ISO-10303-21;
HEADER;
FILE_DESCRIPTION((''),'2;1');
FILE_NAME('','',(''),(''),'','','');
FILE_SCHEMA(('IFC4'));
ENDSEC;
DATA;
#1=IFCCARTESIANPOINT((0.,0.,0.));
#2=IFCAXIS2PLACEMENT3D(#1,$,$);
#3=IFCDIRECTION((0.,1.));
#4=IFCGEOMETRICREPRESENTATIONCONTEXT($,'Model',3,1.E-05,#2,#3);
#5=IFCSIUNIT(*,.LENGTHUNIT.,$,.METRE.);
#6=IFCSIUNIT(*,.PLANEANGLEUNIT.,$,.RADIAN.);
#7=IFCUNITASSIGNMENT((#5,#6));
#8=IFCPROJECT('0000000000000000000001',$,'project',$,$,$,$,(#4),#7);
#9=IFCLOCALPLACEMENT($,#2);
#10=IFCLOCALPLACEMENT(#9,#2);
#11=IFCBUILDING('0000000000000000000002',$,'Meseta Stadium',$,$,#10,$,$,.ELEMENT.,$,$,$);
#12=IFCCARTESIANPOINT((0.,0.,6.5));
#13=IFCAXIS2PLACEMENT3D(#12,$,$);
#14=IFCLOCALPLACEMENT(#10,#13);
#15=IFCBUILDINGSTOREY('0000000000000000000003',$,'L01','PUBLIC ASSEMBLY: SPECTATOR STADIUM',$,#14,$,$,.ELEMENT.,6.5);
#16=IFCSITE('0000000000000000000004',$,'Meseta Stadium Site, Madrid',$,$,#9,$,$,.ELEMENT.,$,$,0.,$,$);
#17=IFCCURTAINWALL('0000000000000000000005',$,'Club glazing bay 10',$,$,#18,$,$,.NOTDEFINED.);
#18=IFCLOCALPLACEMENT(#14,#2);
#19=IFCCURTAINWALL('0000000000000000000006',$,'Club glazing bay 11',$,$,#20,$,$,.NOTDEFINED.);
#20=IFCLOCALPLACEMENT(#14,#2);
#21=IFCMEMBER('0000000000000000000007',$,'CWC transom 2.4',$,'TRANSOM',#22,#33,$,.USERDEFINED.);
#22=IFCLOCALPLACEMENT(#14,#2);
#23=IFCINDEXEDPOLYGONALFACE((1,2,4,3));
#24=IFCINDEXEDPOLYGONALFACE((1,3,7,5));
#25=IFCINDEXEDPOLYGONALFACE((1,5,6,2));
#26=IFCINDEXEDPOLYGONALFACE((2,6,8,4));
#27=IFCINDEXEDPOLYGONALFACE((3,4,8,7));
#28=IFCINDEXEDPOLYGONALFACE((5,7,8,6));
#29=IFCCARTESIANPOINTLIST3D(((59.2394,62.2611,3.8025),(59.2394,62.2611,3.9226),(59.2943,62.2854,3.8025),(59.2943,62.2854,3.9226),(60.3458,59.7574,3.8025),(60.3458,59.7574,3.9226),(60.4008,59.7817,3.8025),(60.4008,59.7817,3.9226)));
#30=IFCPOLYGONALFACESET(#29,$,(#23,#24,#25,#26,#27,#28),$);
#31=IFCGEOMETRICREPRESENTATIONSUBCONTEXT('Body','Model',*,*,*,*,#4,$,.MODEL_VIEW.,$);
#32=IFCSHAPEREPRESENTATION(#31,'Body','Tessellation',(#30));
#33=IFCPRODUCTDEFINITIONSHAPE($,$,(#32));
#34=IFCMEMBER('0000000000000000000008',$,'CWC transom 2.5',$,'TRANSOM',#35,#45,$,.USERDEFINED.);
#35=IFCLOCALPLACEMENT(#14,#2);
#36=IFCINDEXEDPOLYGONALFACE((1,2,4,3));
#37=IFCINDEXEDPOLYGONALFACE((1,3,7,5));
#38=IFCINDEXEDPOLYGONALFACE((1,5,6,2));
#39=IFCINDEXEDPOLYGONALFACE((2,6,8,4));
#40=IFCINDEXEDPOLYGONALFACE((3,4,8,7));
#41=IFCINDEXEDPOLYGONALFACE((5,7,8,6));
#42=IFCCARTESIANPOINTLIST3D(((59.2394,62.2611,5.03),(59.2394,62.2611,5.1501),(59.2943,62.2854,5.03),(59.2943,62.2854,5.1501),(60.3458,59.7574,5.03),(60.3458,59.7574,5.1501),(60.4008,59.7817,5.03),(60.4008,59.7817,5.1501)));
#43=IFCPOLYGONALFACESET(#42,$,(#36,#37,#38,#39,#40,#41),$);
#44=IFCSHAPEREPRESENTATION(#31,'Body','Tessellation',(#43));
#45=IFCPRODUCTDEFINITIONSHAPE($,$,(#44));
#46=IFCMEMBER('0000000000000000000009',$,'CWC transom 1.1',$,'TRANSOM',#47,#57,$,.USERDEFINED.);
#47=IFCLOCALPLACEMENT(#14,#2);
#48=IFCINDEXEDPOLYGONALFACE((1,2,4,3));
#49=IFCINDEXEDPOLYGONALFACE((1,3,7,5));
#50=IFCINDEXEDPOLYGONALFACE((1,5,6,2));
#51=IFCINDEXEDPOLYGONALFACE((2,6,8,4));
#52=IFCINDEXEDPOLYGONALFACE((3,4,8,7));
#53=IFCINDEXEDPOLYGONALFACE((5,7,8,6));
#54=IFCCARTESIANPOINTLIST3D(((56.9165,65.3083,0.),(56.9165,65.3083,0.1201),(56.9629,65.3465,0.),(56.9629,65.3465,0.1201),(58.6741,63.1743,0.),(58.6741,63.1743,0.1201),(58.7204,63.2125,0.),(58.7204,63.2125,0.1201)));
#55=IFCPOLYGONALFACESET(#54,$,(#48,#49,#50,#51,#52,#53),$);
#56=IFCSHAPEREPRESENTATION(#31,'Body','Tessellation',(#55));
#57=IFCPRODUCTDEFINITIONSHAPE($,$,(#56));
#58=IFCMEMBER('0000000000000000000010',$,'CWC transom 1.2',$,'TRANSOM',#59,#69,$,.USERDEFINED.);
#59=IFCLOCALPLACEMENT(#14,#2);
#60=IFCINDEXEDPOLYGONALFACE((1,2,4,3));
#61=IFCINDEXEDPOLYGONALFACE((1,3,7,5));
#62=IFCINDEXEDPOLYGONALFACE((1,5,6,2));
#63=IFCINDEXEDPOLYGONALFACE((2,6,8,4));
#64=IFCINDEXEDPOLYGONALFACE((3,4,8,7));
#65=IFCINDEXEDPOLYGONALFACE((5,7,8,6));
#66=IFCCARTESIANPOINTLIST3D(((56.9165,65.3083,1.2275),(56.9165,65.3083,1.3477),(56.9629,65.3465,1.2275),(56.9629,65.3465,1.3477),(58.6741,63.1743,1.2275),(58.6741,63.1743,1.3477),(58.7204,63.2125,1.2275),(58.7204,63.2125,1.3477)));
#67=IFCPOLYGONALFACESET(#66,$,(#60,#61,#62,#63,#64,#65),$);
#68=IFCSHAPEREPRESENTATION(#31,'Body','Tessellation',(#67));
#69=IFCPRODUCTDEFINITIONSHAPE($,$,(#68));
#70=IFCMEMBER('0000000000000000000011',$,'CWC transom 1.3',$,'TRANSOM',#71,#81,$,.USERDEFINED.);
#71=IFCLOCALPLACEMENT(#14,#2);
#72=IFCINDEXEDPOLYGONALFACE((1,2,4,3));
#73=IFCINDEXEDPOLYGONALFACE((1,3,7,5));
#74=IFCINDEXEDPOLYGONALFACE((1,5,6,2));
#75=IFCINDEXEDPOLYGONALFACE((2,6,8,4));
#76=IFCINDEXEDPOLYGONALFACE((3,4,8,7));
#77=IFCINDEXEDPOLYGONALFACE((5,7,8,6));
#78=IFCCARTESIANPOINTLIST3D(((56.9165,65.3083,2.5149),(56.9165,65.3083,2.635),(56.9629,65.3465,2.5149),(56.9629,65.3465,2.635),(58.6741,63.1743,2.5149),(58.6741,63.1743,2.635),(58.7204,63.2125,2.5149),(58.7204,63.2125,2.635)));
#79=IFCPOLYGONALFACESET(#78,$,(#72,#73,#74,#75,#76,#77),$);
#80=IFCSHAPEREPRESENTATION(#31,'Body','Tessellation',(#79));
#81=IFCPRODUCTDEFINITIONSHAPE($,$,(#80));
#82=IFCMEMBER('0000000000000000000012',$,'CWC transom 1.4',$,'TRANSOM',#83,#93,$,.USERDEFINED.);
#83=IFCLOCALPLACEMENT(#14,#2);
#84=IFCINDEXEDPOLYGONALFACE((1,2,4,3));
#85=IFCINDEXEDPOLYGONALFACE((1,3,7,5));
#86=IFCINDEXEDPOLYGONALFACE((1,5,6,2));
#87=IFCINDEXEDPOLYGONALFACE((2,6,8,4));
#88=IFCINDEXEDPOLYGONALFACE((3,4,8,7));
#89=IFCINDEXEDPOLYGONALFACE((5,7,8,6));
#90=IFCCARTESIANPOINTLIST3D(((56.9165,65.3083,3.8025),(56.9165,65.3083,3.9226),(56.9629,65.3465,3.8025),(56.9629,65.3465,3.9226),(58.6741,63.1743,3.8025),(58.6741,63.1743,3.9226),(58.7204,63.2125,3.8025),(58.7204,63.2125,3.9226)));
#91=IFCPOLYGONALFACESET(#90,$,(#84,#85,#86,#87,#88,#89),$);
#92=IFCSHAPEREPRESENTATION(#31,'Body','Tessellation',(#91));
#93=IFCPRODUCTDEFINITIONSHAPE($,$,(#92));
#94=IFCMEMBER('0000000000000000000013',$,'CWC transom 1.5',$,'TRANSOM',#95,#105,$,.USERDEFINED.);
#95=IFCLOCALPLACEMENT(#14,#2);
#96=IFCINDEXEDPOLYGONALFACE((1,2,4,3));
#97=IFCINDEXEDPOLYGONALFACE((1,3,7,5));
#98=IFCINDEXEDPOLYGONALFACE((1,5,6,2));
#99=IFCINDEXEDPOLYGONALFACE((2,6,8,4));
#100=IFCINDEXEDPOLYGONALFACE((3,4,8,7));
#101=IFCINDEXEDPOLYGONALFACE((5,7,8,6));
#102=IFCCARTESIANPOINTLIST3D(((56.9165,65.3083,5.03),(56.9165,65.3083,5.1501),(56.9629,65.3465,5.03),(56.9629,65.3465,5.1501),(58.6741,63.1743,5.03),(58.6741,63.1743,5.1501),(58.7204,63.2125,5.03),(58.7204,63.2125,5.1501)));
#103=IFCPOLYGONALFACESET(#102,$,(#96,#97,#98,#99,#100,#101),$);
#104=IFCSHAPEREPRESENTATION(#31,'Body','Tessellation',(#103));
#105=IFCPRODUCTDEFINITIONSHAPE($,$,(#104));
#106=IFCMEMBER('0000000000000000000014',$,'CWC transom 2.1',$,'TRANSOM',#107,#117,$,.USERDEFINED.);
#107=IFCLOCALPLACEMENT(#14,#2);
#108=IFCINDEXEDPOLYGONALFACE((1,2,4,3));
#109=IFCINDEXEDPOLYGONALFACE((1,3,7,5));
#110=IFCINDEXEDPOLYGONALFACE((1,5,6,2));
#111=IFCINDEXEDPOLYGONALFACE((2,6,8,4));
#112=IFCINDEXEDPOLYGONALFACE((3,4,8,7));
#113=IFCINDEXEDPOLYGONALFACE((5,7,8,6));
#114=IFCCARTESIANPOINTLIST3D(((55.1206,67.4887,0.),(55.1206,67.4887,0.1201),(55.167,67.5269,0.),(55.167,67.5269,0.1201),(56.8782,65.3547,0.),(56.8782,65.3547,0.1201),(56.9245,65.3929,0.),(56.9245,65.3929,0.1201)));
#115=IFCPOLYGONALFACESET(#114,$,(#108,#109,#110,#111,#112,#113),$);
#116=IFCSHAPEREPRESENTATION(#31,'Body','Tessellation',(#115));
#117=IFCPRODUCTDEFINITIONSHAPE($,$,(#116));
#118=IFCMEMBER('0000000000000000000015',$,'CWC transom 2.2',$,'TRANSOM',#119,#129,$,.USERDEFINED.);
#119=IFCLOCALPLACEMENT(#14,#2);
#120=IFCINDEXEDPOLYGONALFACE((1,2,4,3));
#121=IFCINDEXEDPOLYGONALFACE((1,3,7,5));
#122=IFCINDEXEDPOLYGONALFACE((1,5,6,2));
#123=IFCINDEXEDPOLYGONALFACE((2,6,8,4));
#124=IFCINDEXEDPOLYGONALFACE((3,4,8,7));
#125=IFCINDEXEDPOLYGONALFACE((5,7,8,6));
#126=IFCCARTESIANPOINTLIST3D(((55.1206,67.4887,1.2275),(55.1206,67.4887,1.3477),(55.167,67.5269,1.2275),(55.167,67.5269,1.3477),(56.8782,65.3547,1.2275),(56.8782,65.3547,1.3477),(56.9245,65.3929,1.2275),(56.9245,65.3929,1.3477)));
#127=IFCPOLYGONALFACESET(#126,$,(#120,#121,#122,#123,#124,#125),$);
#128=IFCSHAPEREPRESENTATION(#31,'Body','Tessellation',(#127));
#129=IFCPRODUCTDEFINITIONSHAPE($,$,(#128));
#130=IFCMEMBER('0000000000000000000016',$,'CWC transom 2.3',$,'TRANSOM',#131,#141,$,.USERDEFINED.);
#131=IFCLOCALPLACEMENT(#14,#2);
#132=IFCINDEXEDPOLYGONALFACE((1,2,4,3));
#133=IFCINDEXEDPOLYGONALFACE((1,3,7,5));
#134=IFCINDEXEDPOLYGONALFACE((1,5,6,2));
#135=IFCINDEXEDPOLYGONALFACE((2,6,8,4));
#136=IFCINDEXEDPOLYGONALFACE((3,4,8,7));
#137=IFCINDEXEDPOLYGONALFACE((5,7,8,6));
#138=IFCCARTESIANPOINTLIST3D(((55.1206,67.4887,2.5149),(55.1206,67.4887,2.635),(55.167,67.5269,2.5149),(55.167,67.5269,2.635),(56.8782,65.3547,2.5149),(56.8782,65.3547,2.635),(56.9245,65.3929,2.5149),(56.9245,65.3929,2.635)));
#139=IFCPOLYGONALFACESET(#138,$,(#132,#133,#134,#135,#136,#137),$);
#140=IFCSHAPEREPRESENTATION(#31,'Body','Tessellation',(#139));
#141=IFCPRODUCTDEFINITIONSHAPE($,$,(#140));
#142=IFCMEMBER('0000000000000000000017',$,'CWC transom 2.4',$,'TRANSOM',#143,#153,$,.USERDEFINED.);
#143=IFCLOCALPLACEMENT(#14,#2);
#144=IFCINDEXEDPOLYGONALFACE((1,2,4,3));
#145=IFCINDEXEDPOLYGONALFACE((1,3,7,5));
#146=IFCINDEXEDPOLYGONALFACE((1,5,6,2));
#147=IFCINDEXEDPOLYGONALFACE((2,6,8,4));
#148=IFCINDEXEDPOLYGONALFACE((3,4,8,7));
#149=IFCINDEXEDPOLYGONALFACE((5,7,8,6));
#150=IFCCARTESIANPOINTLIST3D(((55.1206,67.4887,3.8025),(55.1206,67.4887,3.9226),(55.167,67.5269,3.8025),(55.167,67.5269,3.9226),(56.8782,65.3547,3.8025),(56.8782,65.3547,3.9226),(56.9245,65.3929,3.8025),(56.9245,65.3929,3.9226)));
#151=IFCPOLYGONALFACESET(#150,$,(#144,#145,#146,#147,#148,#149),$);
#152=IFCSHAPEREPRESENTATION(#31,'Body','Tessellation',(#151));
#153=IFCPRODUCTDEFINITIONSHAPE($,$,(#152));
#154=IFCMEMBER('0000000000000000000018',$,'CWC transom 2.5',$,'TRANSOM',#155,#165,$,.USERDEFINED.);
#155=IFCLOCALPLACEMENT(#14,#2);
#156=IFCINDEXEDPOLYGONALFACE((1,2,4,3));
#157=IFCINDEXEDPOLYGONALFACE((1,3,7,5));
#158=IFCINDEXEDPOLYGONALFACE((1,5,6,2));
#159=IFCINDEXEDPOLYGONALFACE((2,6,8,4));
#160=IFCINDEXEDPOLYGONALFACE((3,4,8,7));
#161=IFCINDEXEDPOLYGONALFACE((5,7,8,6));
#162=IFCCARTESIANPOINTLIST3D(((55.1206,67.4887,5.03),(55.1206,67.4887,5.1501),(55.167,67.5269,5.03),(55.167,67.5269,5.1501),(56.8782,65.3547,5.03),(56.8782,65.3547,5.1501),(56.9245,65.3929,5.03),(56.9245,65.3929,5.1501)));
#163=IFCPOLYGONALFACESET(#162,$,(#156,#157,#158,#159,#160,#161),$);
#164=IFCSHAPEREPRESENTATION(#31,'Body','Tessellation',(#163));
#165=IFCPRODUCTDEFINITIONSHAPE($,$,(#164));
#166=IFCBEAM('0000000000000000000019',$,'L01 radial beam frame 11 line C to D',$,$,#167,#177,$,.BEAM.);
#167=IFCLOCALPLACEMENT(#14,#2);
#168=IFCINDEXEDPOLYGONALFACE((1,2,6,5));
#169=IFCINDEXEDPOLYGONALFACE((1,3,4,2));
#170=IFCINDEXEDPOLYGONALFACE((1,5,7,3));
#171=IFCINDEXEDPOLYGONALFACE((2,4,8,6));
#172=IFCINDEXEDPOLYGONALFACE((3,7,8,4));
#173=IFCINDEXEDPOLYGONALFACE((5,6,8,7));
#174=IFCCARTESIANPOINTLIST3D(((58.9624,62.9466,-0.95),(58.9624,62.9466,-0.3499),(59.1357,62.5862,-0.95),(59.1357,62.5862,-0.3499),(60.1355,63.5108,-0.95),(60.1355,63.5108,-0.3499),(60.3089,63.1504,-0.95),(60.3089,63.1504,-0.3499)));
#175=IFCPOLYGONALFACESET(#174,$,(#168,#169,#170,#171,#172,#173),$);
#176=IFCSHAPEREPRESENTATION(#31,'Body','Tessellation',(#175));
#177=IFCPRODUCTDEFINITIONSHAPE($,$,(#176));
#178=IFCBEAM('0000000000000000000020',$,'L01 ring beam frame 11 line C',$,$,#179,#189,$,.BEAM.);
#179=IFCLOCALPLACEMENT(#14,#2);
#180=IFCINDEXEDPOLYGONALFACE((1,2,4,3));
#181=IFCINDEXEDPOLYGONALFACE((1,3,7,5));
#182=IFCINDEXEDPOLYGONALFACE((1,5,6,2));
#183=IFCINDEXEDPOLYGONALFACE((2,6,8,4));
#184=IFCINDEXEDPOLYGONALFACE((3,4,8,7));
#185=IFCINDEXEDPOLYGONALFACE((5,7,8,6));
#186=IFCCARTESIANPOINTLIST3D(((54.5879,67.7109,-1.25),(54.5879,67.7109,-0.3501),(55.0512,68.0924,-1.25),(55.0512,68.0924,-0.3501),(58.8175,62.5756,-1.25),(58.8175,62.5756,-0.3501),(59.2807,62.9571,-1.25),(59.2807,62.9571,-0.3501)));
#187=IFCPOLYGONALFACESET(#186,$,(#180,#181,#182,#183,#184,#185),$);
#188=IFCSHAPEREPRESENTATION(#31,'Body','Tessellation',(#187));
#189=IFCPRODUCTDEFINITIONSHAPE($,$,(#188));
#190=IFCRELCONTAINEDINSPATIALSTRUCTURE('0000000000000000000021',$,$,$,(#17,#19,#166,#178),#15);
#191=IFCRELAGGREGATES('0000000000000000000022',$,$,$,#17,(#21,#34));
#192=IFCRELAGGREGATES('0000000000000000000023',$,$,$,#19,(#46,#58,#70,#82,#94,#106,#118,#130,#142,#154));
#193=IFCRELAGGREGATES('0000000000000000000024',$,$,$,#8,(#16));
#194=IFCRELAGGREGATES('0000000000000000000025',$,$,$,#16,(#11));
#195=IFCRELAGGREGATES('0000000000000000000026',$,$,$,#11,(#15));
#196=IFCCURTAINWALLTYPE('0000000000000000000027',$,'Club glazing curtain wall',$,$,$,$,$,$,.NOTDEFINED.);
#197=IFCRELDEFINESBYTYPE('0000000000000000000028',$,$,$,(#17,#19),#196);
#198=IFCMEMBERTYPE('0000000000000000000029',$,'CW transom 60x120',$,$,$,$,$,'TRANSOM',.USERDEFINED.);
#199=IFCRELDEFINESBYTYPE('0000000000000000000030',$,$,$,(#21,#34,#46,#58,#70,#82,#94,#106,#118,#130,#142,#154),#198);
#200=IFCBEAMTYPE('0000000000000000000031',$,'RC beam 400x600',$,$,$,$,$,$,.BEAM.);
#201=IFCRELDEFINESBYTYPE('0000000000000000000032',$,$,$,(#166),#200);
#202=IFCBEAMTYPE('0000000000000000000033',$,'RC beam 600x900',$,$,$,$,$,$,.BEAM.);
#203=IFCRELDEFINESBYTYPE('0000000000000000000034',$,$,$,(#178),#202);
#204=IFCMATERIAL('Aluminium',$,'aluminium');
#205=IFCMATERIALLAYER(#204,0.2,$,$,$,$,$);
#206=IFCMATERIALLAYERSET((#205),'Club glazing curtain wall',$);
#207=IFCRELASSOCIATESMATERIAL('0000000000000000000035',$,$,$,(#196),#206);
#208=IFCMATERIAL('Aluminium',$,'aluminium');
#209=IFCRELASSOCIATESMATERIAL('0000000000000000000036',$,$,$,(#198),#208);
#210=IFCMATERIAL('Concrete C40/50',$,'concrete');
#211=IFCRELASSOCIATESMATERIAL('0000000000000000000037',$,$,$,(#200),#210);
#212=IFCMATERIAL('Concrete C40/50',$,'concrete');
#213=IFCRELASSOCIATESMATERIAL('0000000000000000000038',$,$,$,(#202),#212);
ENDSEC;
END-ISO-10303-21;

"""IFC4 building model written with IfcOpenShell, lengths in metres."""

from ifc_helpers import new_model, si_unit, direction, frame, origin, origin_2d, place, context, subcontext, project, spatial, rectangle, extrude, material, layer, layer_set, material_profile, profile_set, type_object, element, aggregate, save


model = new_model("IFC4")

# Units and contexts
model_context = context("Model", 3, precision=1e-05, world=origin(), true_north=direction((0.0, 1.0)))
body_context = subcontext(model_context, "Body", "Model", "MODEL_VIEW")
ifc_project = project(units=[si_unit("LENGTHUNIT", "METRE"), si_unit("PLANEANGLEUNIT", "RADIAN")], contexts=[model_context])

# Site, building, storey
site_placement = place(None, origin())
site = spatial("IfcSite", under=ifc_project, at=site_placement, Name="Meseta Stadium Site, Madrid", CompositionType="ELEMENT", RefElevation=0.0)
building_placement = place(site_placement, origin())
building = spatial("IfcBuilding", under=site, at=building_placement, Name="Meseta Stadium", CompositionType="ELEMENT")
storey_placement = place(building_placement, frame((0.0, 0.0, 6.5)))
storey = spatial("IfcBuildingStorey", under=building, at=storey_placement, Name="L01", Description="PUBLIC ASSEMBLY: SPECTATOR STADIUM", CompositionType="ELEMENT", Elevation=6.5)

# Curtain walls
ifc_material_1 = material(Name="Aluminium", Category="aluminium")
ifc_layer_1 = layer(ifc_material_1, 0.2)
ifc_layer_set_1 = layer_set([ifc_layer_1], Name="Club glazing curtain wall")
curtain_wall_type = type_object("IfcCurtainWallType", Name="Club glazing curtain wall", PredefinedType="NOTDEFINED", material=ifc_layer_set_1)
curtain_wall_1_placement = place(storey_placement, origin())
curtain_wall_1 = element("IfcCurtainWall", 1, at=curtain_wall_1_placement, inside=storey, type_object=curtain_wall_type, Name="Club glazing bay 10", PredefinedType="NOTDEFINED")
curtain_wall_2_placement = place(storey_placement, origin())
curtain_wall_2 = element("IfcCurtainWall", 2, at=curtain_wall_2_placement, inside=storey, type_object=curtain_wall_type, Name="Club glazing bay 11", PredefinedType="NOTDEFINED")

# Members
ifc_material_2 = material(Name="Aluminium", Category="aluminium")
ifc_material_profile_1 = material_profile(ifc_material_2, rectangle(XDim=0.0601, YDim=0.1201, at=origin_2d()), Name="CW 60x120")
ifc_profile_set_1 = profile_set([ifc_material_profile_1], Name="Aluminium")
member_type_1 = type_object("IfcMemberType", Name="CW transom 60x120", ElementType="TRANSOM", PredefinedType="USERDEFINED", material=ifc_profile_set_1)
member_1_placement = place(storey_placement, frame((60.3733, 59.7695, 3.8625), z_axis=(-0.404218, 0.914663, 0.0), x_axis=(-0.914663, -0.404218, 0.0)))
member_1 = element("IfcMember", 3, at=member_1_placement, type_object=member_type_1, Name="CWC transom 2.4", ObjectType="TRANSOM", PredefinedType="USERDEFINED", context=body_context, shape_type="SweptSolid", body=[
    extrude(rectangle(XDim=0.0601, YDim=0.1201, at=origin_2d()), origin(), (0.0, 0.0, 1.0), 2.7373),
])
member_2_placement = place(storey_placement, frame((60.3733, 59.7695, 5.0901), z_axis=(-0.404218, 0.914663, 0.0), x_axis=(-0.914663, -0.404218, 0.0)))
member_2 = element("IfcMember", 4, at=member_2_placement, type_object=member_type_1, Name="CWC transom 2.5", ObjectType="TRANSOM", PredefinedType="USERDEFINED", context=body_context, shape_type="SweptSolid", body=[
    extrude(rectangle(XDim=0.0601, YDim=0.1201, at=origin_2d()), origin(), (0.0, 0.0, 1.0), 2.7373),
])
member_3_placement = place(storey_placement, frame((58.6973, 63.1934, 0.0601), z_axis=(-0.635735, 0.771907, 0.0), x_axis=(-0.771907, -0.635735, 0.0)))
member_3 = element("IfcMember", 5, at=member_3_placement, type_object=member_type_1, Name="CWC transom 1.1", ObjectType="TRANSOM", PredefinedType="USERDEFINED", context=body_context, shape_type="SweptSolid", body=[
    extrude(rectangle(XDim=0.0601, YDim=0.1201, at=origin_2d()), origin(), (0.0, 0.0, 1.0), 2.7646),
])
member_4_placement = place(storey_placement, frame((58.6973, 63.1934, 1.2876), z_axis=(-0.635735, 0.771907, 0.0), x_axis=(-0.771907, -0.635735, 0.0)))
member_4 = element("IfcMember", 6, at=member_4_placement, type_object=member_type_1, Name="CWC transom 1.2", ObjectType="TRANSOM", PredefinedType="USERDEFINED", context=body_context, shape_type="SweptSolid", body=[
    extrude(rectangle(XDim=0.0601, YDim=0.1201, at=origin_2d()), origin(), (0.0, 0.0, 1.0), 2.7646),
])
member_5_placement = place(storey_placement, frame((58.6973, 63.1934, 2.575), z_axis=(-0.635735, 0.771907, 0.0), x_axis=(-0.771907, -0.635735, 0.0)))
member_5 = element("IfcMember", 7, at=member_5_placement, type_object=member_type_1, Name="CWC transom 1.3", ObjectType="TRANSOM", PredefinedType="USERDEFINED", context=body_context, shape_type="SweptSolid", body=[
    extrude(rectangle(XDim=0.0601, YDim=0.1201, at=origin_2d()), origin(), (0.0, 0.0, 1.0), 2.7646),
])
member_6_placement = place(storey_placement, frame((58.6973, 63.1934, 3.8625), z_axis=(-0.635735, 0.771907, 0.0), x_axis=(-0.771907, -0.635735, 0.0)))
member_6 = element("IfcMember", 8, at=member_6_placement, type_object=member_type_1, Name="CWC transom 1.4", ObjectType="TRANSOM", PredefinedType="USERDEFINED", context=body_context, shape_type="SweptSolid", body=[
    extrude(rectangle(XDim=0.0601, YDim=0.1201, at=origin_2d()), origin(), (0.0, 0.0, 1.0), 2.7646),
])
member_7_placement = place(storey_placement, frame((58.6973, 63.1934, 5.0901), z_axis=(-0.635735, 0.771907, 0.0), x_axis=(-0.771907, -0.635735, 0.0)))
member_7 = element("IfcMember", 9, at=member_7_placement, type_object=member_type_1, Name="CWC transom 1.5", ObjectType="TRANSOM", PredefinedType="USERDEFINED", context=body_context, shape_type="SweptSolid", body=[
    extrude(rectangle(XDim=0.0601, YDim=0.1201, at=origin_2d()), origin(), (0.0, 0.0, 1.0), 2.7646),
])
member_8_placement = place(storey_placement, frame((56.9014, 65.3738, 0.0601), z_axis=(-0.635735, 0.771907, 0.0), x_axis=(-0.771907, -0.635735, 0.0)))
member_8 = element("IfcMember", 10, at=member_8_placement, type_object=member_type_1, Name="CWC transom 2.1", ObjectType="TRANSOM", PredefinedType="USERDEFINED", context=body_context, shape_type="SweptSolid", body=[
    extrude(rectangle(XDim=0.0601, YDim=0.1201, at=origin_2d()), origin(), (0.0, 0.0, 1.0), 2.7646),
])
member_9_placement = place(storey_placement, frame((56.9014, 65.3738, 1.2876), z_axis=(-0.635735, 0.771907, 0.0), x_axis=(-0.771907, -0.635735, 0.0)))
member_9 = element("IfcMember", 11, at=member_9_placement, type_object=member_type_1, Name="CWC transom 2.2", ObjectType="TRANSOM", PredefinedType="USERDEFINED", context=body_context, shape_type="SweptSolid", body=[
    extrude(rectangle(XDim=0.0601, YDim=0.1201, at=origin_2d()), origin(), (0.0, 0.0, 1.0), 2.7646),
])
member_10_placement = place(storey_placement, frame((56.9014, 65.3738, 2.575), z_axis=(-0.635735, 0.771907, 0.0), x_axis=(-0.771907, -0.635735, 0.0)))
member_10 = element("IfcMember", 12, at=member_10_placement, type_object=member_type_1, Name="CWC transom 2.3", ObjectType="TRANSOM", PredefinedType="USERDEFINED", context=body_context, shape_type="SweptSolid", body=[
    extrude(rectangle(XDim=0.0601, YDim=0.1201, at=origin_2d()), origin(), (0.0, 0.0, 1.0), 2.7646),
])
member_11_placement = place(storey_placement, frame((56.9014, 65.3738, 3.8625), z_axis=(-0.635735, 0.771907, 0.0), x_axis=(-0.771907, -0.635735, 0.0)))
member_11 = element("IfcMember", 13, at=member_11_placement, type_object=member_type_1, Name="CWC transom 2.4", ObjectType="TRANSOM", PredefinedType="USERDEFINED", context=body_context, shape_type="SweptSolid", body=[
    extrude(rectangle(XDim=0.0601, YDim=0.1201, at=origin_2d()), origin(), (0.0, 0.0, 1.0), 2.7646),
])
member_12_placement = place(storey_placement, frame((56.9014, 65.3738, 5.0901), z_axis=(-0.635735, 0.771907, 0.0), x_axis=(-0.771907, -0.635735, 0.0)))
member_12 = element("IfcMember", 14, at=member_12_placement, type_object=member_type_1, Name="CWC transom 2.5", ObjectType="TRANSOM", PredefinedType="USERDEFINED", context=body_context, shape_type="SweptSolid", body=[
    extrude(rectangle(XDim=0.0601, YDim=0.1201, at=origin_2d()), origin(), (0.0, 0.0, 1.0), 2.7646),
])

# Beams
ifc_material_3 = material(Name="Concrete C40/50", Category="concrete")
ifc_material_profile_2 = material_profile(ifc_material_3, rectangle(XDim=0.3999, YDim=0.6001, at=origin_2d()), Name="RC 400x600")
ifc_profile_set_2 = profile_set([ifc_material_profile_2], Name="Concrete C40/50")
beam_type_1 = type_object("IfcBeamType", Name="RC beam 400x600", PredefinedType="BEAM", material=ifc_profile_set_2)
beam_1_placement = place(storey_placement, frame((59.0491, 62.7664, -0.6499), z_axis=(0.901186, 0.433432, 0.0), x_axis=(-0.433432, 0.901186, 0.0)))
element("IfcBeam", 15, at=beam_1_placement, inside=storey, type_object=beam_type_1, Name="L01 radial beam frame 11 line C to D", PredefinedType="BEAM", context=body_context, shape_type="SweptSolid", body=[
    extrude(rectangle(XDim=0.3999, YDim=0.6001, at=origin_2d()), origin(), (0.0, 0.0, 1.0), 1.3018),
])
ifc_material_4 = material(Name="Concrete C40/50", Category="concrete")
ifc_material_profile_3 = material_profile(ifc_material_4, rectangle(XDim=0.6001, YDim=0.8999, at=origin_2d()), Name="RC 600x900")
ifc_profile_set_3 = profile_set([ifc_material_profile_3], Name="Concrete C40/50")
beam_type_2 = type_object("IfcBeamType", Name="RC beam 600x900", PredefinedType="BEAM", material=ifc_profile_set_3)
beam_2_placement = place(storey_placement, frame((59.0491, 62.7664, -0.8), z_axis=(-0.635748, 0.771896, 0.0), x_axis=(-0.771896, -0.635748, 0.0)))
element("IfcBeam", 16, at=beam_2_placement, inside=storey, type_object=beam_type_2, Name="L01 ring beam frame 11 line C", PredefinedType="BEAM", context=body_context, shape_type="SweptSolid", body=[
    extrude(rectangle(XDim=0.6001, YDim=0.8999, at=origin_2d()), origin(), (0.0, 0.0, 1.0), 6.6528),
])

aggregate(curtain_wall_1, [member_1, member_2])
aggregate(curtain_wall_2, [member_3, member_4, member_5, member_6, member_7, member_8, member_9, member_10, member_11, member_12])

save(model, "model.ifc")
